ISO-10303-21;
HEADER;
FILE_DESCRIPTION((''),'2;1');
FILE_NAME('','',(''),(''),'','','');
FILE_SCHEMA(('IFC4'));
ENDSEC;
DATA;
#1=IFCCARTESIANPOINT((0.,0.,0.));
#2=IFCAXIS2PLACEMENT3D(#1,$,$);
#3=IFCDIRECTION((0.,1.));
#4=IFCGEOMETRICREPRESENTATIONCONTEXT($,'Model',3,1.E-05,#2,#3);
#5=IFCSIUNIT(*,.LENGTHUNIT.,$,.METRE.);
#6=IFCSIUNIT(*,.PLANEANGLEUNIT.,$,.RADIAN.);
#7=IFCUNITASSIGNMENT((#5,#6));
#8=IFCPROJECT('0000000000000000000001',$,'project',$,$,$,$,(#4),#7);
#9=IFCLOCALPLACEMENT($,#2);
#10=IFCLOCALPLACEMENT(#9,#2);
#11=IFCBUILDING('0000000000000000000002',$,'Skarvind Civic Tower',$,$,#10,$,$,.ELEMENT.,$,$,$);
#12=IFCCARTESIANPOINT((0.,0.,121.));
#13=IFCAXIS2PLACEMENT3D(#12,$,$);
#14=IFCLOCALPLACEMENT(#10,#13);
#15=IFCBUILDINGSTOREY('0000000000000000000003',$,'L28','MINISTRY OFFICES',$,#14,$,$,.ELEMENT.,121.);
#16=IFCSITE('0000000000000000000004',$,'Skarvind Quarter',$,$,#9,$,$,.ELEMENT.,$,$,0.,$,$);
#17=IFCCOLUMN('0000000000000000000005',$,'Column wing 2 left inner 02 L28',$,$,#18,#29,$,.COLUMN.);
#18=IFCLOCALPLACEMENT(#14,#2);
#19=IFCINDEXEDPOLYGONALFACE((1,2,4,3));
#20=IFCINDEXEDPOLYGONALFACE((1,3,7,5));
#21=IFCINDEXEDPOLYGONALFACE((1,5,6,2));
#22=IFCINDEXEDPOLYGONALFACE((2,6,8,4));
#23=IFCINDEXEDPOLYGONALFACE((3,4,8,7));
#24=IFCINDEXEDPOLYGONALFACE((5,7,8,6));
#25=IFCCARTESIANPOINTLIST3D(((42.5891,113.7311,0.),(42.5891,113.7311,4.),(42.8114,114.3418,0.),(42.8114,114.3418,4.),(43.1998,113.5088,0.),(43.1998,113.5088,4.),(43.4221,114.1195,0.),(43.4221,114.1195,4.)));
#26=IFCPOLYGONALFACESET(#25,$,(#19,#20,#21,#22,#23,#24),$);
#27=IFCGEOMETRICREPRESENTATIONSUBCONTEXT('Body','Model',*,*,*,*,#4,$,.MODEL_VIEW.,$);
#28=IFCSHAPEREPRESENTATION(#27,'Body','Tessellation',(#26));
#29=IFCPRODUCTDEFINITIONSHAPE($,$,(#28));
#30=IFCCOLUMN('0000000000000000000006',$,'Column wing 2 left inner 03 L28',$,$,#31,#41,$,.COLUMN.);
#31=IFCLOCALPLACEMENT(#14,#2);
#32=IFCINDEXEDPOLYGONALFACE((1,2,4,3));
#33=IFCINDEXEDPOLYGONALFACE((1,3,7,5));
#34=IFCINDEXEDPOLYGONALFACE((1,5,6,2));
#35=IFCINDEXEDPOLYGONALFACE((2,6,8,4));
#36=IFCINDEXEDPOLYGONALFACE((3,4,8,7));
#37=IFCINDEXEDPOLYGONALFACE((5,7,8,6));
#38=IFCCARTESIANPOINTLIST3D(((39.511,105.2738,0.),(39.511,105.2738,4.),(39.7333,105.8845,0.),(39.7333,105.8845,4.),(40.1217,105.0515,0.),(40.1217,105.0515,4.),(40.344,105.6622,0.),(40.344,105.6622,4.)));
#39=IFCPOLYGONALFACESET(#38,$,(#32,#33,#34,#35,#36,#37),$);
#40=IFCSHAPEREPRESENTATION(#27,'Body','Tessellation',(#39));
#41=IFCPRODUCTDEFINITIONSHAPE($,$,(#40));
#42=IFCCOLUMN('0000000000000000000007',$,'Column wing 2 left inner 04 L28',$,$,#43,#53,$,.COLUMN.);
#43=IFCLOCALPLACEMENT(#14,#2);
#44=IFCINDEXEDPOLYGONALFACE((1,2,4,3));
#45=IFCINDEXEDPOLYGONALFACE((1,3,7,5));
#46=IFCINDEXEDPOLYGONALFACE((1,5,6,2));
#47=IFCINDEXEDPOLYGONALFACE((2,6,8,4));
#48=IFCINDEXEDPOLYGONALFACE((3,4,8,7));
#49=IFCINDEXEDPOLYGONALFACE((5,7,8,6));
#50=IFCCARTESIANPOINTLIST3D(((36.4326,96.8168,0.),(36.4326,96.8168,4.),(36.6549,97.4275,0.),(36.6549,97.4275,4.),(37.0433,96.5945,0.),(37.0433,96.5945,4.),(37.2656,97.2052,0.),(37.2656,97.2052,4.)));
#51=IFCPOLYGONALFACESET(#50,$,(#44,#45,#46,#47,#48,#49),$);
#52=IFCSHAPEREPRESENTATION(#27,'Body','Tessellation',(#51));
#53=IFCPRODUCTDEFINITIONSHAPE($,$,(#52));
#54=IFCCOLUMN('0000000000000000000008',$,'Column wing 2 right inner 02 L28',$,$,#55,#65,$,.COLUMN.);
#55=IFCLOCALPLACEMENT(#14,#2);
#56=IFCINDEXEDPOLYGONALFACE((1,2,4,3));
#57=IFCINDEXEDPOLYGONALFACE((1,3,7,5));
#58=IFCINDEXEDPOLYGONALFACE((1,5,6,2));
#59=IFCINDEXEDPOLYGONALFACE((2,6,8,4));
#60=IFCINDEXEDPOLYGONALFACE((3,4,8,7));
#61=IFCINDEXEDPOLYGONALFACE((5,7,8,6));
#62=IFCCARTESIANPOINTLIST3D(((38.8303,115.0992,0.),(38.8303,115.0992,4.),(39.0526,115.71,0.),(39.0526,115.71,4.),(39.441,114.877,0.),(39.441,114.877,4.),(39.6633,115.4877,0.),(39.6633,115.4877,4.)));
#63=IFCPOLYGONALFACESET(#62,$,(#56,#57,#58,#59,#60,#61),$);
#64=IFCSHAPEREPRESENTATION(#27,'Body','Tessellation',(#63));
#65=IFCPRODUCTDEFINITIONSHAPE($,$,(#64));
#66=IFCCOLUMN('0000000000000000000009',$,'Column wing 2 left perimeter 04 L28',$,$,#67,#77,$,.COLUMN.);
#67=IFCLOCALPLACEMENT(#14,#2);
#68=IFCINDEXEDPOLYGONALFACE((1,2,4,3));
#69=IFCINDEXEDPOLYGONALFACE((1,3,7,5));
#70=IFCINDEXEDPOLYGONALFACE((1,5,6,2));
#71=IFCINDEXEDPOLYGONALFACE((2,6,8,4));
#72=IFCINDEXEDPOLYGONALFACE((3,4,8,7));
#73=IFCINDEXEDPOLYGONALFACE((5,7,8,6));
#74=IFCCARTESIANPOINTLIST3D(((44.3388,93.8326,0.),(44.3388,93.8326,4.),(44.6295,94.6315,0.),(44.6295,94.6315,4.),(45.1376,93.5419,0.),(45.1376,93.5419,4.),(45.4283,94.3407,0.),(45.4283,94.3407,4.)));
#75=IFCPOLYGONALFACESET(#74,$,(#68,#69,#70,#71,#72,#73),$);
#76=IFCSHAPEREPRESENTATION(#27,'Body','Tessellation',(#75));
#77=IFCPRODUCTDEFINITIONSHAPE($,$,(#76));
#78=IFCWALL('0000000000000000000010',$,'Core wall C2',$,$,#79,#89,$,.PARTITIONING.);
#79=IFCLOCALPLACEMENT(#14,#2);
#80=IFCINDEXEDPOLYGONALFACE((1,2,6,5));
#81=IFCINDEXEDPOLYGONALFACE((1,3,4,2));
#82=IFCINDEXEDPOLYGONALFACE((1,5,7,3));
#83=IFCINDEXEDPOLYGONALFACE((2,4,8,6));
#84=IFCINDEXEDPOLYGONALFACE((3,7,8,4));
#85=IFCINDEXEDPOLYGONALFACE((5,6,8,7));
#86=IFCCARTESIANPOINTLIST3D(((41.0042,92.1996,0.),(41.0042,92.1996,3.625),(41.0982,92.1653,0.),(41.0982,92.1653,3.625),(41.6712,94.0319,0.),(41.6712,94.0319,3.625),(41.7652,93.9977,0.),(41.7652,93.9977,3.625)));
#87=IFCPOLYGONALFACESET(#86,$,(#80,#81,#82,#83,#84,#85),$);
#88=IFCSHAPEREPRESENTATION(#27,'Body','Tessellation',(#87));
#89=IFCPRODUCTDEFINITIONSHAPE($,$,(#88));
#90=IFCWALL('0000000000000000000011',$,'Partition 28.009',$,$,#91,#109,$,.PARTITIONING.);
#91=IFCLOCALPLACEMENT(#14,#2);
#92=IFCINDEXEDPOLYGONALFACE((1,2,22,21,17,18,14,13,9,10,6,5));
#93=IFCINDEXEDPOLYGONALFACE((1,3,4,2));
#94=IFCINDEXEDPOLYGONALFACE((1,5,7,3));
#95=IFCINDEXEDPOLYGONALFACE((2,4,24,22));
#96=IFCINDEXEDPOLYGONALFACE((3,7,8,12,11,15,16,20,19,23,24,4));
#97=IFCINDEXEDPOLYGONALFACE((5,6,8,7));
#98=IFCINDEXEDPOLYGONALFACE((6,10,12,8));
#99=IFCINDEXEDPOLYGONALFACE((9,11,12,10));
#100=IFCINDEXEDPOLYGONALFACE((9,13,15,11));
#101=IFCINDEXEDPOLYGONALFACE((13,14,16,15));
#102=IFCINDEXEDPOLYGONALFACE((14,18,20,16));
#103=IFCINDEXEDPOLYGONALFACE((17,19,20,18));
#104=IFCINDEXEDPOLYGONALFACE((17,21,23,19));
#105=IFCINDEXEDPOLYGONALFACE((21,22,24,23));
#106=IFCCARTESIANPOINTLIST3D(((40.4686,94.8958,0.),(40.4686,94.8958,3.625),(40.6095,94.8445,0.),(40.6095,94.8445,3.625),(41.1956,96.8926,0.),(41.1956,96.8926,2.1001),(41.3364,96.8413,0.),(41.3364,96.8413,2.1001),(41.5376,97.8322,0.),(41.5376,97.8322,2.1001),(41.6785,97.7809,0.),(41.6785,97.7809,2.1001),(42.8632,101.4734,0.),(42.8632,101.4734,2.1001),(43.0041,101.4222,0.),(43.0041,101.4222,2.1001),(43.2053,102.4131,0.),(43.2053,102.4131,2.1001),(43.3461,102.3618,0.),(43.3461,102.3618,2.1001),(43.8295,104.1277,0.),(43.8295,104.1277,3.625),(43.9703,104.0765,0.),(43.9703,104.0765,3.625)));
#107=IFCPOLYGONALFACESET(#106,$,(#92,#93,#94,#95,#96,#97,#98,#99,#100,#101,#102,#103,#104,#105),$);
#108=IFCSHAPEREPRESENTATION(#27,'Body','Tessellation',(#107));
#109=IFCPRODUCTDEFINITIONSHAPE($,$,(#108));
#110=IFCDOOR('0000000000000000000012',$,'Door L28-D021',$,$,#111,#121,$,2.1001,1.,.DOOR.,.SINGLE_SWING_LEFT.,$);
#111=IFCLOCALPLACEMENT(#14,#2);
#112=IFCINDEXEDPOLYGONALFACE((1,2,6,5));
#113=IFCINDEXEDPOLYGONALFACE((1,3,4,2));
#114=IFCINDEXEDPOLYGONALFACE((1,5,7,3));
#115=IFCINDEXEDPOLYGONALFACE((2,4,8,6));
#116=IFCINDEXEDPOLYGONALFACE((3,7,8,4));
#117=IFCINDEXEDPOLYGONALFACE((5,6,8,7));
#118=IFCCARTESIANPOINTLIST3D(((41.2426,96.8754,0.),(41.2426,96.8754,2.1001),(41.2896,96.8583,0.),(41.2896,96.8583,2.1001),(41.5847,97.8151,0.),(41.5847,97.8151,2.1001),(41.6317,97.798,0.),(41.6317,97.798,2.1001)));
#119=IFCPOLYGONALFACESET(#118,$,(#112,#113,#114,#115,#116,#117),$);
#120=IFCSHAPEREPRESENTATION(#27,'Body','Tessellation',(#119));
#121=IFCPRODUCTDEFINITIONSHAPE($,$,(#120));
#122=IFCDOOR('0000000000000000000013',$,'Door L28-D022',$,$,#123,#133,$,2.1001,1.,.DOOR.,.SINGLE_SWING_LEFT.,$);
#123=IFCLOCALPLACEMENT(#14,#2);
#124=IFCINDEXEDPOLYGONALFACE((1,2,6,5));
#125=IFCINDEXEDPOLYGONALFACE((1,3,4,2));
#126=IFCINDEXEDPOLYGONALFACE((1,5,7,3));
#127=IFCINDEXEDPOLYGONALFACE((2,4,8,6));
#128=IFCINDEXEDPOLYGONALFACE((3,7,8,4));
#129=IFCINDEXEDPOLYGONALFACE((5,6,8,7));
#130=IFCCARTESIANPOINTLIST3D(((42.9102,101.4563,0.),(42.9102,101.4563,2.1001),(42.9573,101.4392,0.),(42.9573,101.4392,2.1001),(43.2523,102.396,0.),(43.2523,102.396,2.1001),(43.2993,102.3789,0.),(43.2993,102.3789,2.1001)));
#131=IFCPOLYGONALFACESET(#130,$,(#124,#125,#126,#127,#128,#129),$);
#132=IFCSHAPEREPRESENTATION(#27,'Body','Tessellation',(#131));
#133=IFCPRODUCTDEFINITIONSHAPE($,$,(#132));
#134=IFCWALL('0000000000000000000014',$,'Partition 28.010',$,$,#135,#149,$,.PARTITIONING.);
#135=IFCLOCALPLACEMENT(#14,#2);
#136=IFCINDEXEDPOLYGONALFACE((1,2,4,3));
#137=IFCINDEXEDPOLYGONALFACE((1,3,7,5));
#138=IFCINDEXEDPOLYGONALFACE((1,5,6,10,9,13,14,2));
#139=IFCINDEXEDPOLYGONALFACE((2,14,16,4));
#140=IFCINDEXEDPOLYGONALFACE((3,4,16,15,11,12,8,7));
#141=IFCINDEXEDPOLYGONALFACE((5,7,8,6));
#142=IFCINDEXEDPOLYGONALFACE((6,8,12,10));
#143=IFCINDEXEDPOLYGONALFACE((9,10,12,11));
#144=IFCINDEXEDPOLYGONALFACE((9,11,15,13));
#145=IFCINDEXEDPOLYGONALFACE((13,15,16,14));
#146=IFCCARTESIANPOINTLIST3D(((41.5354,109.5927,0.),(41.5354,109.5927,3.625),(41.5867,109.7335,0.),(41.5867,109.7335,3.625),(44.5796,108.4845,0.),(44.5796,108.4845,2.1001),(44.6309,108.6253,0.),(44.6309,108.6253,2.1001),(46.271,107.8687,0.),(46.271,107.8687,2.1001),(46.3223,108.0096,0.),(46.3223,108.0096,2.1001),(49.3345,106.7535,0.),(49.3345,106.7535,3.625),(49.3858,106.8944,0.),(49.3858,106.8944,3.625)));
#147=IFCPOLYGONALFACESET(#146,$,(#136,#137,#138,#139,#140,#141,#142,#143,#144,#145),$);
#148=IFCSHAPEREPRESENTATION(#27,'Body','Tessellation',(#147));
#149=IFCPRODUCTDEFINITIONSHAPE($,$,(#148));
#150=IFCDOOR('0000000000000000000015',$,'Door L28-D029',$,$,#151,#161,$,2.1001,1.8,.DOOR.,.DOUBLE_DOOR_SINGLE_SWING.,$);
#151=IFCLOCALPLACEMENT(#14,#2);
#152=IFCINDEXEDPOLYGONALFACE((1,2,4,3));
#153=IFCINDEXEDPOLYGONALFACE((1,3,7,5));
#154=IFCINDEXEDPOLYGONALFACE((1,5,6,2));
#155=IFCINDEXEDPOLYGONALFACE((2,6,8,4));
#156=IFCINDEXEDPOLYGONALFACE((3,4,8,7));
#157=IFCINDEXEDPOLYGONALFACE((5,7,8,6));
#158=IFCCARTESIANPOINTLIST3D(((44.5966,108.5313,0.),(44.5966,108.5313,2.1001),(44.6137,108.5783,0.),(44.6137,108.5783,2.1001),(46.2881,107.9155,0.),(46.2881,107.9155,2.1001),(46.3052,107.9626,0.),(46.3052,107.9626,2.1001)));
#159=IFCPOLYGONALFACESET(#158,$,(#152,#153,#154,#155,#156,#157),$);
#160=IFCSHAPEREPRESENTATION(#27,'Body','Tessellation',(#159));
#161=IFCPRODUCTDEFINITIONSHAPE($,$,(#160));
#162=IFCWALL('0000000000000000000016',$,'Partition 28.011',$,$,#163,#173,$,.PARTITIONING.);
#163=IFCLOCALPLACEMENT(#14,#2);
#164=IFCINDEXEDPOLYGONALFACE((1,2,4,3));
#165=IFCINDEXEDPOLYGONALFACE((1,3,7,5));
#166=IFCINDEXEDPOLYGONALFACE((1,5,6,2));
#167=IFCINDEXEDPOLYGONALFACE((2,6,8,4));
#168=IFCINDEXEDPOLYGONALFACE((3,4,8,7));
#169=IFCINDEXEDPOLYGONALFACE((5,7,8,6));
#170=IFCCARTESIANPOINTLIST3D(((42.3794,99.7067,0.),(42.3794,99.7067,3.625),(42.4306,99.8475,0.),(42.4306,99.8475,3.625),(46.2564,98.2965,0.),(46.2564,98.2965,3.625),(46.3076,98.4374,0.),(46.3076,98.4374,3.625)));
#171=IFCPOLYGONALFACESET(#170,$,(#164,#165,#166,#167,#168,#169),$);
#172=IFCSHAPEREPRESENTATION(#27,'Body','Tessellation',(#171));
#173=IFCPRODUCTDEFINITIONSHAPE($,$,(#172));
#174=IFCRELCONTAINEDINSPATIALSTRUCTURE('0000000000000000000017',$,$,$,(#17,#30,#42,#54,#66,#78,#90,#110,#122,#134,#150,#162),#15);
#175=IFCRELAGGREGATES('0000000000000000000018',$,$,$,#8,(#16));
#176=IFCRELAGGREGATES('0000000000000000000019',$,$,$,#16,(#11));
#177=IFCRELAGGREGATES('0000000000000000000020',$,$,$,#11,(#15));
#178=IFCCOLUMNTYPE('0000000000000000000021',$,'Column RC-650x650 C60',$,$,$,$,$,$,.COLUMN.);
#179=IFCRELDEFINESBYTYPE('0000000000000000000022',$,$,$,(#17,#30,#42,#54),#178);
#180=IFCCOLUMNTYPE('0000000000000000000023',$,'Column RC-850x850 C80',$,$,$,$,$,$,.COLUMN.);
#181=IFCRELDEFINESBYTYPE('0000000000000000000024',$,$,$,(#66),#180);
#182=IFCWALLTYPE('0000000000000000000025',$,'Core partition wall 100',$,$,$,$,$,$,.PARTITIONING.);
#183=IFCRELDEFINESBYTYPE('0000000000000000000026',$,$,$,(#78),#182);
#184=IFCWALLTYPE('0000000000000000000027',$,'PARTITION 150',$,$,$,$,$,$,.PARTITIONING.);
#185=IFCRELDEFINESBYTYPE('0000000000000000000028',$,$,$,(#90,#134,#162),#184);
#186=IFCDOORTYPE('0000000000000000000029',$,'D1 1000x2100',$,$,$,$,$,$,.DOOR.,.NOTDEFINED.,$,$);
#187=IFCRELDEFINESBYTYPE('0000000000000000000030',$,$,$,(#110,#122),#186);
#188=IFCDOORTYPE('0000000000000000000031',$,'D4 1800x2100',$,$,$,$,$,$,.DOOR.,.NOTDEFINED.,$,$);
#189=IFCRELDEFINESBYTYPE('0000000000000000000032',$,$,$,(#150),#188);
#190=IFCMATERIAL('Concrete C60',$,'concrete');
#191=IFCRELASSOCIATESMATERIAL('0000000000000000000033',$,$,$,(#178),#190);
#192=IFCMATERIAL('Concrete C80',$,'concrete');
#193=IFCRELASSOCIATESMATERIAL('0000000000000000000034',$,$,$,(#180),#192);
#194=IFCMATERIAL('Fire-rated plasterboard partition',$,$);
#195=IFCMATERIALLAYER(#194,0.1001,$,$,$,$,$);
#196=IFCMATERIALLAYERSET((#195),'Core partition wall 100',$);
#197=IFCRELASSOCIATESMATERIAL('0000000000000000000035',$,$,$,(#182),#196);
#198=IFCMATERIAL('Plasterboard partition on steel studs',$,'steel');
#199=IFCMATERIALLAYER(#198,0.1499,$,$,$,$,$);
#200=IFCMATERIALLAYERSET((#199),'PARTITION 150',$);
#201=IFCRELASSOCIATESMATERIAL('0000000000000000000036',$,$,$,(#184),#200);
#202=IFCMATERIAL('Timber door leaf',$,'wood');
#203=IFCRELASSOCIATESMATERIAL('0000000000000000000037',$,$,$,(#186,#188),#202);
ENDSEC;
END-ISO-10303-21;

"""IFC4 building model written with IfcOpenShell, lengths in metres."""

from ifc_helpers import new_model, si_unit, direction, frame, frame_2d, origin, origin_2d, place, context, subcontext, project, spatial, rectangle, extrude, material, layer, layer_set, material_profile, profile_set, type_object, element, fill, save


model = new_model("IFC4")

# Units and contexts
model_context = context("Model", 3, precision=1e-05, world=origin(), true_north=direction((0.0, 1.0)))
body_context = subcontext(model_context, "Body", "Model", "MODEL_VIEW")
ifc_project = project(units=[si_unit("LENGTHUNIT", "METRE"), si_unit("PLANEANGLEUNIT", "RADIAN")], contexts=[model_context])

# Site, building, storey
site_placement = place(None, origin())
site = spatial("IfcSite", under=ifc_project, at=site_placement, Name="Skarvind Quarter", CompositionType="ELEMENT", RefElevation=0.0)
building_placement = place(site_placement, origin())
building = spatial("IfcBuilding", under=site, at=building_placement, Name="Skarvind Civic Tower", CompositionType="ELEMENT")
storey_placement = place(building_placement, frame((0.0, 0.0, 121.0)))
storey = spatial("IfcBuildingStorey", under=building, at=storey_placement, Name="L28", Description="MINISTRY OFFICES", CompositionType="ELEMENT", Elevation=121.0)

# Columns
ifc_material_1 = material(Name="Concrete C60", Category="concrete")
ifc_material_profile_1 = material_profile(ifc_material_1, rectangle(XDim=0.6499, YDim=0.6499, at=origin_2d()), Name="RC-650x650")
ifc_profile_set_1 = profile_set([ifc_material_profile_1], Name="Concrete C60")
column_type_1 = type_object("IfcColumnType", Name="Column RC-650x650 C60", PredefinedType="COLUMN", material=ifc_profile_set_1)
for number, where, z_axis, x_axis, name in (
    (1, (43.0056, 113.9253, 0.0), (0.0, 0.0, 1.0), (-0.34202, -0.939693, 0.0), "Column wing 2 left inner 02 L28"),
    (2, (39.9275, 105.468, 0.0), (0.0, 0.0, 1.0), (-0.34202, -0.939693, 0.0), "Column wing 2 left inner 03 L28"),
    (3, (36.8491, 97.011, 0.0), (0.0, 0.0, 1.0), (-0.34202, -0.939693, 0.0), "Column wing 2 left inner 04 L28"),
    (4, (39.2468, 115.2935, 0.0), (0.0, 0.0, 1.0), (-0.34202, -0.939693, 0.0), "Column wing 2 right inner 02 L28"),
):
    element("IfcColumn", number, at=place(storey_placement, frame(where, z_axis=z_axis, x_axis=x_axis)), inside=storey, type_object=column_type_1, Name=name, PredefinedType="COLUMN", context=body_context, shape_type="SweptSolid", body=[
        extrude(rectangle(XDim=0.6499, YDim=0.6499, at=origin_2d()), origin(), (0.0, 0.0, 1.0), 4.0),
    ])
ifc_material_2 = material(Name="Concrete C80", Category="concrete")
ifc_material_profile_2 = material_profile(ifc_material_2, rectangle(XDim=0.8501, YDim=0.8501, at=origin_2d()), Name="RC-850x850")
ifc_profile_set_2 = profile_set([ifc_material_profile_2], Name="Concrete C80")
column_type_2 = type_object("IfcColumnType", Name="Column RC-850x850 C80", PredefinedType="COLUMN", material=ifc_profile_set_2)
column_placement = place(storey_placement, frame((44.8835, 94.0867, 0.0), z_axis=(0.0, 0.0, 1.0), x_axis=(-0.34202, -0.939693, 0.0)))
element("IfcColumn", 5, at=column_placement, inside=storey, type_object=column_type_2, Name="Column wing 2 left perimeter 04 L28", PredefinedType="COLUMN", context=body_context, shape_type="SweptSolid", body=[
    extrude(rectangle(XDim=0.8501, YDim=0.8501, at=origin_2d()), origin(), (0.0, 0.0, 1.0), 4.0),
])

# Wall
ifc_material_3 = material(Name="Fire-rated plasterboard partition")
ifc_layer_1 = layer(ifc_material_3, 0.1001)
ifc_layer_set_1 = layer_set([ifc_layer_1], Name="Core partition wall 100")
wall_type_1 = type_object("IfcWallType", Name="Core partition wall 100", PredefinedType="PARTITIONING", material=ifc_layer_set_1)
wall_1_placement = place(storey_placement, frame((41.7183, 94.0149, 0.0), z_axis=(0.0, 0.0, 1.0), x_axis=(-0.342065, -0.939676, 0.0)))
element("IfcWall", 6, at=wall_1_placement, inside=storey, type_object=wall_type_1, Name="Core wall C2", PredefinedType="PARTITIONING", context=body_context, shape_type="SweptSolid", body=[
    extrude(rectangle(XDim=1.95, YDim=0.1001, at=frame_2d((0.9751, 0.0))), origin(), (0.0, 0.0, 1.0), 3.625),
])

# Wall, openings, doors
ifc_material_4 = material(Name="Plasterboard partition on steel studs", Category="steel")
ifc_layer_2 = layer(ifc_material_4, 0.1499)
ifc_layer_set_2 = layer_set([ifc_layer_2], Name="PARTITION 150")
wall_type_2 = type_object("IfcWallType", Name="PARTITION 150", PredefinedType="PARTITIONING", material=ifc_layer_set_2)
wall_2_placement = place(storey_placement, frame((40.5391, 94.8701, 0.0), z_axis=(0.0, 0.0, 1.0), x_axis=(0.342082, 0.93967, 0.0)))
wall_2 = element("IfcWall", 7, at=wall_2_placement, inside=storey, type_object=wall_type_2, Name="Partition 28.009", PredefinedType="PARTITIONING", context=body_context, shape_type="SweptSolid", body=[
    extrude(rectangle(XDim=9.8247, YDim=0.1499, at=frame_2d((4.9124, 0.0))), origin(), (0.0, 0.0, 1.0), 3.625),
])
opening_1_placement = place(wall_2_placement, frame((2.125, 0.0, 0.0)))
opening_1 = element("IfcOpeningElement", 8, at=opening_1_placement, cuts=wall_2, PredefinedType="OPENING", context=body_context, shape_type="SweptSolid", body=[
    extrude(rectangle(XDim=1.0, YDim=2.1001, at=frame_2d((0.5, 1.05))), frame((0.0, 0.085, 0.0), z_axis=(0.0, -1.0, 0.0), x_axis=(1.0, 0.0, 0.0)), (0.0, 0.0, 1.0), 0.1699),
])
opening_2_placement = place(wall_2_placement, frame((7.0, 0.0, 0.0)))
opening_2 = element("IfcOpeningElement", 9, at=opening_2_placement, cuts=wall_2, PredefinedType="OPENING", context=body_context, shape_type="SweptSolid", body=[
    extrude(rectangle(XDim=1.0, YDim=2.1001, at=frame_2d((0.5, 1.05))), frame((0.0, 0.085, 0.0), z_axis=(0.0, -1.0, 0.0), x_axis=(1.0, 0.0, 0.0)), (0.0, 0.0, 1.0), 0.1699),
])
ifc_material_5 = material(Name="Timber door leaf", Category="wood")
door_type_1 = type_object("IfcDoorType", Name="D1 1000x2100", OperationType="NOTDEFINED", PredefinedType="DOOR", material=ifc_material_5)
door_1_placement = place(opening_1_placement, origin())
door_1 = element("IfcDoor", 10, at=door_1_placement, inside=storey, type_object=door_type_1, Name="Door L28-D021", OperationType="SINGLE_SWING_LEFT", OverallHeight=2.1001, OverallWidth=1.0, PredefinedType="DOOR", context=body_context, shape_type="SweptSolid", body=[
    extrude(rectangle(XDim=1.0, YDim=2.1001, at=frame_2d((0.5, 1.05))), frame((0.0, 0.0249, 0.0), z_axis=(0.0, -1.0, 0.0), x_axis=(1.0, 0.0, 0.0)), (0.0, 0.0, 1.0), 0.05),
])
fill(opening_1, door_1)
door_2_placement = place(opening_2_placement, origin())
door_2 = element("IfcDoor", 11, at=door_2_placement, inside=storey, type_object=door_type_1, Name="Door L28-D022", OperationType="SINGLE_SWING_LEFT", OverallHeight=2.1001, OverallWidth=1.0, PredefinedType="DOOR", context=body_context, shape_type="SweptSolid", body=[
    extrude(rectangle(XDim=1.0, YDim=2.1001, at=frame_2d((0.5, 1.05))), frame((0.0, 0.0249, 0.0), z_axis=(0.0, -1.0, 0.0), x_axis=(1.0, 0.0, 0.0)), (0.0, 0.0, 1.0), 0.05),
])
fill(opening_2, door_2)

# Wall, opening, door
wall_3_placement = place(storey_placement, frame((41.561, 109.6631, 0.0), z_axis=(0.0, 0.0, 1.0), x_axis=(0.939674, -0.342071, 0.0)))
wall_3 = element("IfcWall", 12, at=wall_3_placement, inside=storey, type_object=wall_type_2, Name="Partition 28.010", PredefinedType="PARTITIONING", context=body_context, shape_type="SweptSolid", body=[
    extrude(rectangle(XDim=8.2998, YDim=0.1499, at=frame_2d((4.1499, 0.0))), origin(), (0.0, 0.0, 1.0), 3.625),
])
opening_3_placement = place(wall_3_placement, frame((3.2397, 0.0, 0.0)))
opening_3 = element("IfcOpeningElement", 13, at=opening_3_placement, cuts=wall_3, PredefinedType="OPENING", context=body_context, shape_type="SweptSolid", body=[
    extrude(rectangle(XDim=1.8, YDim=2.1001, at=frame_2d((0.8999, 1.05))), frame((0.0, 0.085, 0.0), z_axis=(0.0, -1.0, 0.0), x_axis=(1.0, 0.0, 0.0)), (0.0, 0.0, 1.0), 0.1699),
])
door_type_2 = type_object("IfcDoorType", Name="D4 1800x2100", OperationType="NOTDEFINED", PredefinedType="DOOR", material=ifc_material_5)
door_3_placement = place(opening_3_placement, origin())
door_3 = element("IfcDoor", 14, at=door_3_placement, inside=storey, type_object=door_type_2, Name="Door L28-D029", OperationType="DOUBLE_DOOR_SINGLE_SWING", OverallHeight=2.1001, OverallWidth=1.8, PredefinedType="DOOR", context=body_context, shape_type="SweptSolid", body=[
    extrude(rectangle(XDim=1.8, YDim=2.1001, at=frame_2d((0.8999, 1.05))), frame((0.0, 0.0249, 0.0), z_axis=(0.0, -1.0, 0.0), x_axis=(1.0, 0.0, 0.0)), (0.0, 0.0, 1.0), 0.05),
])
fill(opening_3, door_3)

# Wall
wall_4_placement = place(storey_placement, frame((42.405, 99.7771, 0.0), z_axis=(0.0, 0.0, 1.0), x_axis=(0.939766, -0.341819, 0.0)))
element("IfcWall", 15, at=wall_4_placement, inside=storey, type_object=wall_type_2, Name="Partition 28.011", PredefinedType="PARTITIONING", context=body_context, shape_type="SweptSolid", body=[
    extrude(rectangle(XDim=4.1255, YDim=0.1499, at=frame_2d((2.0627, 0.0))), origin(), (0.0, 0.0, 1.0), 3.625),
])

save(model, "model.ifc")
